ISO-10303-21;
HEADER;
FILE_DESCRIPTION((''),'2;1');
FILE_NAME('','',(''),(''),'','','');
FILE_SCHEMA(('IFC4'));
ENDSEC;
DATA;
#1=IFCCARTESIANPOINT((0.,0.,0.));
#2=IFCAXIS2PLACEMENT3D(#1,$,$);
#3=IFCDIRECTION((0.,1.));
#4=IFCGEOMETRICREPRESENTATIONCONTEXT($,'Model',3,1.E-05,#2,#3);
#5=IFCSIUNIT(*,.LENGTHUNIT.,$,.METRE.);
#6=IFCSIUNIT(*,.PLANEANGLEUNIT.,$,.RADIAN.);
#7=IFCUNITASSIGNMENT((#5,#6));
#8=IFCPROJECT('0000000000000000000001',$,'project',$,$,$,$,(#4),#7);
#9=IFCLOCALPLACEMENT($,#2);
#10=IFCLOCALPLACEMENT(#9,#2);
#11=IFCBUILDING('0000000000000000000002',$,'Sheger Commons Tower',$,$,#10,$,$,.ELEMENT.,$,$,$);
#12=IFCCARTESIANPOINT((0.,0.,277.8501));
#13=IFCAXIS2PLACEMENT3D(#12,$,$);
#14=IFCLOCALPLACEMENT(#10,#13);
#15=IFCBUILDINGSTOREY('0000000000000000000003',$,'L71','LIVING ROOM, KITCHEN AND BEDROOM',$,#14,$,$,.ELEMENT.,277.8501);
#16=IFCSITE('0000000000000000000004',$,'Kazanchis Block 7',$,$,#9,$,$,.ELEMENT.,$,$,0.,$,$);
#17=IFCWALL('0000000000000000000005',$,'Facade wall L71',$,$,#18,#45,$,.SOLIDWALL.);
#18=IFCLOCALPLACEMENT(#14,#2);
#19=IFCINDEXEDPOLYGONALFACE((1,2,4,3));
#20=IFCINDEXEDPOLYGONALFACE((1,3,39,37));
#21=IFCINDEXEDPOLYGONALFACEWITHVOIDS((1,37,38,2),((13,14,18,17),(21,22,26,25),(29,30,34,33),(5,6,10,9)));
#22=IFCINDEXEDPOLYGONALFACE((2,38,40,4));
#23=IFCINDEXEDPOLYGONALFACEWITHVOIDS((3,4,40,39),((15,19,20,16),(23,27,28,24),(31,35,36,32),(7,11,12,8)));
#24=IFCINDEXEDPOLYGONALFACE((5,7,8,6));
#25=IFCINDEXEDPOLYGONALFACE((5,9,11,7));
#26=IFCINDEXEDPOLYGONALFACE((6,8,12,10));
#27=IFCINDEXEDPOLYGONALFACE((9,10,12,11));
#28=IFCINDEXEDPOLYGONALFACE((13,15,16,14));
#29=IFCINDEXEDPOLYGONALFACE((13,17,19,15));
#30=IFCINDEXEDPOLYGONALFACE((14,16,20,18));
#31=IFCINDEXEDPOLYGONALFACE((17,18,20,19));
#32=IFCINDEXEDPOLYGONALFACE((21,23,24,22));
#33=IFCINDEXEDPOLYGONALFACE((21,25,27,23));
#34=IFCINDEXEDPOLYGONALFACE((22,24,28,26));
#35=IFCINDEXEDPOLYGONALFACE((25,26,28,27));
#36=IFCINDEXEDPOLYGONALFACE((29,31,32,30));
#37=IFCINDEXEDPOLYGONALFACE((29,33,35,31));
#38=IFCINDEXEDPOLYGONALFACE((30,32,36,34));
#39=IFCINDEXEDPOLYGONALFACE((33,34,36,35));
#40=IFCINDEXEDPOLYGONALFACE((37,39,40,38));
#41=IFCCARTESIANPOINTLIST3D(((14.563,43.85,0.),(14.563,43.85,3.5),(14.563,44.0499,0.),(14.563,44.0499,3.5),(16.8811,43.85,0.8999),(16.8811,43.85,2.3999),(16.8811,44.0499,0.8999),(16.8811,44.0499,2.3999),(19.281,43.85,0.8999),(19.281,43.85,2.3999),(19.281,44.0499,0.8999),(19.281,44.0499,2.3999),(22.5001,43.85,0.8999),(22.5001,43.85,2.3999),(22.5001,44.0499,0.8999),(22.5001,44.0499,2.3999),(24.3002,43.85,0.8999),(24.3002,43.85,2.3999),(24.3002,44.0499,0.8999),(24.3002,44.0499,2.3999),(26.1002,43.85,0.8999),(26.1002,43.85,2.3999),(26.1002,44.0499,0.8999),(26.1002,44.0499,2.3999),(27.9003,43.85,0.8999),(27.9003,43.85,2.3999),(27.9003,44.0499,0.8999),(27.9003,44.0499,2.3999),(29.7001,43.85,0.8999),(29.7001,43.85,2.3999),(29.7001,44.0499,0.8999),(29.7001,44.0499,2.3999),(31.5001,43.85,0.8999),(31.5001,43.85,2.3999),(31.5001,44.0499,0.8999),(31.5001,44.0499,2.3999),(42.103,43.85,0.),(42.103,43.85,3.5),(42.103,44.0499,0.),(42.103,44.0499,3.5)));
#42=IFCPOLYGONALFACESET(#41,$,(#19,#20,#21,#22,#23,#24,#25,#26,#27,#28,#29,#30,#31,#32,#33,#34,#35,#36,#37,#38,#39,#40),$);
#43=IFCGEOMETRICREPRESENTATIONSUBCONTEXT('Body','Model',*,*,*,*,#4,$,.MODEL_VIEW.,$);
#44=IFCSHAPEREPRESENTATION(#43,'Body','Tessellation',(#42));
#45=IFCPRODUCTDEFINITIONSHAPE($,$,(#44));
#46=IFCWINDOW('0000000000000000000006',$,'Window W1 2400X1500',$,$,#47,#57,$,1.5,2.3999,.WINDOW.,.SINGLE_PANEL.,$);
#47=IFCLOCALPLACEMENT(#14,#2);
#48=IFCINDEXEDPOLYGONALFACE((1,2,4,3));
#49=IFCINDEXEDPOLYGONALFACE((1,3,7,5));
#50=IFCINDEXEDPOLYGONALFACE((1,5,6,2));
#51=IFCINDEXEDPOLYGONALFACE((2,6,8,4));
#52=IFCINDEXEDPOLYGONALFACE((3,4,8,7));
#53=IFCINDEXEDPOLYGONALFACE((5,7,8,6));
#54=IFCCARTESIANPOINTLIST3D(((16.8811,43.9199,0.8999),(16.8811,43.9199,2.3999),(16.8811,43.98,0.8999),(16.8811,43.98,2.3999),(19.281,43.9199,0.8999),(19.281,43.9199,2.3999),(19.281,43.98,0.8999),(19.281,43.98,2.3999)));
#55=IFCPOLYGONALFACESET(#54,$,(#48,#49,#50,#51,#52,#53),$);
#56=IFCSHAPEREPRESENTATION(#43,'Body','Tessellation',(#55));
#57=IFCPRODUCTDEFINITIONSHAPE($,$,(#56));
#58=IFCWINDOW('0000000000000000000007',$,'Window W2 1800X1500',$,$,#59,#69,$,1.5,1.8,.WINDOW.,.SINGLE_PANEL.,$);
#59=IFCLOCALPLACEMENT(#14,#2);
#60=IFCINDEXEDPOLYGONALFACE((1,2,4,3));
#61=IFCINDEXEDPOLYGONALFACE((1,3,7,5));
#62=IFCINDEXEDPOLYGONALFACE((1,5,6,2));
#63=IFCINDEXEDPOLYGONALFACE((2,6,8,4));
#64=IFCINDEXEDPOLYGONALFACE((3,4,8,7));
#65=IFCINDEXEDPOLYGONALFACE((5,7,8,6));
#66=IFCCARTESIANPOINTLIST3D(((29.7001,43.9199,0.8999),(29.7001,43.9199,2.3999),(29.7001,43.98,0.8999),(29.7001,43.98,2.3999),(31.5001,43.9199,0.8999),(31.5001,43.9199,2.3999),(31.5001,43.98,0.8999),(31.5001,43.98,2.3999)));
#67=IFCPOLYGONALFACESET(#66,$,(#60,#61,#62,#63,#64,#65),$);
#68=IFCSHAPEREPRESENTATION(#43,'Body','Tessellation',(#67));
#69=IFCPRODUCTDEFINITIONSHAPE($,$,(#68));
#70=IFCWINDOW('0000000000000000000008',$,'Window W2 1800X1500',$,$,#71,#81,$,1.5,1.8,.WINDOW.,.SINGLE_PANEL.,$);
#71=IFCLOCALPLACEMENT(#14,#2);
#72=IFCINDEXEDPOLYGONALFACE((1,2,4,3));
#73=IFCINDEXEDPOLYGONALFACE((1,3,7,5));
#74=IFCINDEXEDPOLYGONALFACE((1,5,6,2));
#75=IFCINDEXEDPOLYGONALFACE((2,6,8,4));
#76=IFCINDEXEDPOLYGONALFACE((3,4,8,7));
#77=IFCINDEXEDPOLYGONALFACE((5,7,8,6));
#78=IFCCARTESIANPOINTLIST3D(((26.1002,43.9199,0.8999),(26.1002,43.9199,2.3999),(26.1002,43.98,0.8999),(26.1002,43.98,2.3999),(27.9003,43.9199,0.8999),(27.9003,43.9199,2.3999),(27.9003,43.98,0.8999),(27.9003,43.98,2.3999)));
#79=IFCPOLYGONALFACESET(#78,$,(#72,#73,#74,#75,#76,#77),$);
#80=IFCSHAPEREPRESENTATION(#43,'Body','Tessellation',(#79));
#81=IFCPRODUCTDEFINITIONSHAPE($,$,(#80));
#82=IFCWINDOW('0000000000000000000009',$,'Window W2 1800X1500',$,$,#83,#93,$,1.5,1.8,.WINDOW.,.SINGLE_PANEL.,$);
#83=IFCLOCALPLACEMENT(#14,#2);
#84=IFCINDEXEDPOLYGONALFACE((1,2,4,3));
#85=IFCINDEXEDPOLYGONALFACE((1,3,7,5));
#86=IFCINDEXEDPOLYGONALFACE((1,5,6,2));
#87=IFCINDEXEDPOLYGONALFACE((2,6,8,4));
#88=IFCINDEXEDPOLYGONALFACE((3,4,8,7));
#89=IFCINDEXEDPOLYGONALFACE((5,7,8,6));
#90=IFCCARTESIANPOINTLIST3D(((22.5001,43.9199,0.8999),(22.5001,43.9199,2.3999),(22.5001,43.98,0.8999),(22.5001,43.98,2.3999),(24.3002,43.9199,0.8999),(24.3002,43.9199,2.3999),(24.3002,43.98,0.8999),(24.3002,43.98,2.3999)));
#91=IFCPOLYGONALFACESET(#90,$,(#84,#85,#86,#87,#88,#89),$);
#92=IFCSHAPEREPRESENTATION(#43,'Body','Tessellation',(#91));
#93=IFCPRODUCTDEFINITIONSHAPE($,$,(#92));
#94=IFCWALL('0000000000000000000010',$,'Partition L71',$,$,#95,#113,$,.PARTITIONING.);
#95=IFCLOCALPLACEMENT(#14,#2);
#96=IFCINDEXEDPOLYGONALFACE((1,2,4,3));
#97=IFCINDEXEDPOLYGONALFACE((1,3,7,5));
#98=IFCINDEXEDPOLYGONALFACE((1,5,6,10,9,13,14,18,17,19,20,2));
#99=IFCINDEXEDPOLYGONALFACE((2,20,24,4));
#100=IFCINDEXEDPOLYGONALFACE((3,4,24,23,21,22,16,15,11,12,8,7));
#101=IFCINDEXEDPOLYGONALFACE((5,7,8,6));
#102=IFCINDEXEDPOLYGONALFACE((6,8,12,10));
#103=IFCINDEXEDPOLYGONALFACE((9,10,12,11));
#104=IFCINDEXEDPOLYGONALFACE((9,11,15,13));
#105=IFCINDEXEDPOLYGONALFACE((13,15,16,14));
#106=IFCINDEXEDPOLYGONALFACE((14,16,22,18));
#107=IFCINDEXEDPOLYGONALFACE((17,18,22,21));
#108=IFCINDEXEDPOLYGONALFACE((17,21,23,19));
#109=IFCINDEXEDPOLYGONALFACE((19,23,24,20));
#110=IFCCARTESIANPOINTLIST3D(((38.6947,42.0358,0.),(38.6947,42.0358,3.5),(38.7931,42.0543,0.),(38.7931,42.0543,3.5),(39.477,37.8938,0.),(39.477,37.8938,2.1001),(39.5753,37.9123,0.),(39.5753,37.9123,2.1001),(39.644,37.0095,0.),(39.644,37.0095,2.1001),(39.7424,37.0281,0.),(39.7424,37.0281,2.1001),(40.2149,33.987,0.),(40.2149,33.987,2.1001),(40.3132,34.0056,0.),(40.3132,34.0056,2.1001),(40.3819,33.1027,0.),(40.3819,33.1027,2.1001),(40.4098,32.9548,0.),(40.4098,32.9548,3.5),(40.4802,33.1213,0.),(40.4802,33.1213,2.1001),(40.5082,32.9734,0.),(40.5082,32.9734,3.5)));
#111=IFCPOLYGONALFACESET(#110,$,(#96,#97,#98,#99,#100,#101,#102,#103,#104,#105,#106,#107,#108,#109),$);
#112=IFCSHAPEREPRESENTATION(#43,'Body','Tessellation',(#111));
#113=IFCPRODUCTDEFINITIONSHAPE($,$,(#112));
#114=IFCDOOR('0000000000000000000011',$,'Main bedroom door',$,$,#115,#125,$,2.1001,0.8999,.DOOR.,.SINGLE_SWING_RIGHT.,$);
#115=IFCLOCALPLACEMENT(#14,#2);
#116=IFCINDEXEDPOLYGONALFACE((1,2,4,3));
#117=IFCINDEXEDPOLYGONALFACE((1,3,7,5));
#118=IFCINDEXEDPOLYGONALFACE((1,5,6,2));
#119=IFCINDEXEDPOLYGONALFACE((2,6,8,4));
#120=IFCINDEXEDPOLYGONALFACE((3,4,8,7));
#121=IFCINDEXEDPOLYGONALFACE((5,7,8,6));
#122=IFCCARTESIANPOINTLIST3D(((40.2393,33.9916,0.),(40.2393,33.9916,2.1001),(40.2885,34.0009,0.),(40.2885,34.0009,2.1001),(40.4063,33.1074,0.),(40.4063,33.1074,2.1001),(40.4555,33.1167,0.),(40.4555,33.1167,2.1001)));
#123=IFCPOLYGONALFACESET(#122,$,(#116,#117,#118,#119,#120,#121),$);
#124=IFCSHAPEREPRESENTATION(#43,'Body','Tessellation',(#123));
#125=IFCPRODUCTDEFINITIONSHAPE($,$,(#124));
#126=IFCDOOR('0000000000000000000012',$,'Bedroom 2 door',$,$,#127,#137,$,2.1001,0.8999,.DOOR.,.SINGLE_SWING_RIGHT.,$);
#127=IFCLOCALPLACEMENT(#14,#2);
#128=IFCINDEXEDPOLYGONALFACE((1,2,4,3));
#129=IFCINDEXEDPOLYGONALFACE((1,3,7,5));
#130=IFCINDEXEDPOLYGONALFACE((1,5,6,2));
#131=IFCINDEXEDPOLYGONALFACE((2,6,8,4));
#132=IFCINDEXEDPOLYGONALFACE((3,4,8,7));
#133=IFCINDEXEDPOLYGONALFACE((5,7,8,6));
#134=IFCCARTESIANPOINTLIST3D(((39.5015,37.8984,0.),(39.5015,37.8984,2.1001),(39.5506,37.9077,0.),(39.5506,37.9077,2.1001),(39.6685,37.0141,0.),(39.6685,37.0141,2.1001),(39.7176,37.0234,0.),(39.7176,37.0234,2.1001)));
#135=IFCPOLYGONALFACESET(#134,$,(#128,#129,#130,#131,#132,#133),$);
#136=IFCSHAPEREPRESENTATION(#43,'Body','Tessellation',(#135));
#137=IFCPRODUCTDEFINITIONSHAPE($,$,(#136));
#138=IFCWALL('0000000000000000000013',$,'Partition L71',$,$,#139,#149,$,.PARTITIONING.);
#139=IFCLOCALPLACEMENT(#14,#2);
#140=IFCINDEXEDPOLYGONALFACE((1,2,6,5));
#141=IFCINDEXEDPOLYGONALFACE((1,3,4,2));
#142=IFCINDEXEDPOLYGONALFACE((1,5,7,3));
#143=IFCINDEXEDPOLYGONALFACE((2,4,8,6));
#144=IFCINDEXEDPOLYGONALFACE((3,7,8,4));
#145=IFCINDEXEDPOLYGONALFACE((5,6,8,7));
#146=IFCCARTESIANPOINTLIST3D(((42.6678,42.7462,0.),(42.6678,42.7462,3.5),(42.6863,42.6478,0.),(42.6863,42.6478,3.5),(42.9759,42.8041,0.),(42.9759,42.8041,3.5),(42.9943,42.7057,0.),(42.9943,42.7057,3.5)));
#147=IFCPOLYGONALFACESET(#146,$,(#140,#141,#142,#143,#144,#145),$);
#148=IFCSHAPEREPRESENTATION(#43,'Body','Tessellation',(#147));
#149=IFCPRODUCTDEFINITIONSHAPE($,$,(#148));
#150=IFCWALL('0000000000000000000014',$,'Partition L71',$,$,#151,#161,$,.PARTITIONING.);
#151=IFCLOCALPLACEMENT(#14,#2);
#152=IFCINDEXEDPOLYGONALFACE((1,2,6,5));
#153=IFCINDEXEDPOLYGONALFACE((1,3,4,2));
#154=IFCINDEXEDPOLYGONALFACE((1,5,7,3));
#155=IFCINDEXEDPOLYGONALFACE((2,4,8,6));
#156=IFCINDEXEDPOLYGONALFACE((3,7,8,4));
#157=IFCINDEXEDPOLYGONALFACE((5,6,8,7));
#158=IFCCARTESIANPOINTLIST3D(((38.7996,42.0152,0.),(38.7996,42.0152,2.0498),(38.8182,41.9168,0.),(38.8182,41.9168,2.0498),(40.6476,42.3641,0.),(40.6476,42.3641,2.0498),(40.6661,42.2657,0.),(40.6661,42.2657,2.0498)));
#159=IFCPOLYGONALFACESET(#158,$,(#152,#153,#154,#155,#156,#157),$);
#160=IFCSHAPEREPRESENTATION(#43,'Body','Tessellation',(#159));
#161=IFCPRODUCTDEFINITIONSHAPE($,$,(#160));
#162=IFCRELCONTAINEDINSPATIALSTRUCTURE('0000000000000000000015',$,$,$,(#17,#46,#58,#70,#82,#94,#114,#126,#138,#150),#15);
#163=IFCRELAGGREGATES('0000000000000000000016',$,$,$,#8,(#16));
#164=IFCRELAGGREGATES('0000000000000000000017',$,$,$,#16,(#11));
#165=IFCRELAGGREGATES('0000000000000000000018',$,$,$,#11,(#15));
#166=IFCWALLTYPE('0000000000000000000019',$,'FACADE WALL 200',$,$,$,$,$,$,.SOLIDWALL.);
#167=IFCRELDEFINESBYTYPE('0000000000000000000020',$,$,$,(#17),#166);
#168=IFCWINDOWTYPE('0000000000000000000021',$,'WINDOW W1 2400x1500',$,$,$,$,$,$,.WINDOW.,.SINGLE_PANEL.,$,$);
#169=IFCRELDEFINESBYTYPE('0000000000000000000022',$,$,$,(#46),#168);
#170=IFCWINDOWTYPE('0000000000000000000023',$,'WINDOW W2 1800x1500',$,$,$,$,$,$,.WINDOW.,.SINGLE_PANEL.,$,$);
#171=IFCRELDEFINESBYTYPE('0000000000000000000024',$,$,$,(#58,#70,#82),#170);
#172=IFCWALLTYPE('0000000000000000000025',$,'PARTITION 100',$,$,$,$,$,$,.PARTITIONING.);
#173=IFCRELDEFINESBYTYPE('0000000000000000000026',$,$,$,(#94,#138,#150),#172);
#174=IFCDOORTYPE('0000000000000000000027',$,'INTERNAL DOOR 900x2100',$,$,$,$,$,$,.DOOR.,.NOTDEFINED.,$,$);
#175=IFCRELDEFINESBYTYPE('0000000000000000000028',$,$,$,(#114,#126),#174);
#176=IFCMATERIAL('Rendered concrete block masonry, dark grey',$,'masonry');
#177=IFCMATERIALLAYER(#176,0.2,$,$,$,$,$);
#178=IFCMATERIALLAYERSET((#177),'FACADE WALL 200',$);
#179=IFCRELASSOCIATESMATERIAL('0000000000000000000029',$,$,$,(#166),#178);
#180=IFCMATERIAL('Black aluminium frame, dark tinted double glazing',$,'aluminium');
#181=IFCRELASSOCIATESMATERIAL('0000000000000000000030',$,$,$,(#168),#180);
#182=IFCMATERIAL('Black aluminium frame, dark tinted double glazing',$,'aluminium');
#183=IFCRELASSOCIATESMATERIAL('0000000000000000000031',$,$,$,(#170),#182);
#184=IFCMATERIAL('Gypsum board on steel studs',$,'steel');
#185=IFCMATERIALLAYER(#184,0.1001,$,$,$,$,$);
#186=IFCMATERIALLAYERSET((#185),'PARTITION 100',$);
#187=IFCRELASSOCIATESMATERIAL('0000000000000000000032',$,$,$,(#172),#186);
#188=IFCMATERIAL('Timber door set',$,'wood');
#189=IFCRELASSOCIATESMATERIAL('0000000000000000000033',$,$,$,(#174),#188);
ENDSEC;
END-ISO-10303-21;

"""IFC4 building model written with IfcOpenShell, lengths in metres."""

from ifc_helpers import new_model, si_unit, direction, frame, frame_2d, origin, place, context, subcontext, project, spatial, rectangle, extrude, material, layer, layer_set, type_object, element, fill, save


model = new_model("IFC4")

# Units and contexts
model_context = context("Model", 3, precision=1e-05, world=origin(), true_north=direction((0.0, 1.0)))
body_context = subcontext(model_context, "Body", "Model", "MODEL_VIEW")
ifc_project = project(units=[si_unit("LENGTHUNIT", "METRE"), si_unit("PLANEANGLEUNIT", "RADIAN")], contexts=[model_context])

# Site, building, storey
site_placement = place(None, origin())
site = spatial("IfcSite", under=ifc_project, at=site_placement, Name="Kazanchis Block 7", CompositionType="ELEMENT", RefElevation=0.0)
building_placement = place(site_placement, origin())
building = spatial("IfcBuilding", under=site, at=building_placement, Name="Sheger Commons Tower", CompositionType="ELEMENT")
storey_placement = place(building_placement, frame((0.0, 0.0, 277.8501)))
storey = spatial("IfcBuildingStorey", under=building, at=storey_placement, Name="L71", Description="LIVING ROOM, KITCHEN AND BEDROOM", CompositionType="ELEMENT", Elevation=277.8501)

# Shared definitions
ifc_material_1 = material(Name="Rendered concrete block masonry, dark grey", Category="masonry")
ifc_layer_1 = layer(ifc_material_1, 0.2)
ifc_layer_set_1 = layer_set([ifc_layer_1], Name="FACADE WALL 200")
wall_type_1 = type_object("IfcWallType", Name="FACADE WALL 200", PredefinedType="SOLIDWALL", material=ifc_layer_set_1)

# Wall, openings, windows
wall_1_placement = place(storey_placement, frame((42.103, 43.95, 0.0), z_axis=(0.0, 0.0, 1.0), x_axis=(-1.0, 0.0, 0.0)))
wall_1 = element("IfcWall", 1, at=wall_1_placement, inside=storey, type_object=wall_type_1, Name="Facade wall L71", PredefinedType="SOLIDWALL", context=body_context, shape_type="SweptSolid", body=[
    extrude(rectangle(XDim=27.54, YDim=0.2, at=frame_2d((13.77, 0.0))), origin(), (0.0, 0.0, 1.0), 3.5),
])
opening_1_placement = place(wall_1_placement, frame((10.603, 0.0, 0.8999)))
opening_1 = element("IfcOpeningElement", 2, at=opening_1_placement, cuts=wall_1, PredefinedType="OPENING", context=body_context, shape_type="SweptSolid", body=[
    extrude(rectangle(XDim=1.8, YDim=1.5, at=frame_2d((0.8999, 0.75))), frame((0.0, 0.1099, 0.0), z_axis=(0.0, -1.0, 0.0), x_axis=(1.0, 0.0, 0.0)), (0.0, 0.0, 1.0), 0.22),
])
opening_2_placement = place(wall_1_placement, frame((14.2029, 0.0, 0.8999)))
opening_2 = element("IfcOpeningElement", 3, at=opening_2_placement, cuts=wall_1, PredefinedType="OPENING", context=body_context, shape_type="SweptSolid", body=[
    extrude(rectangle(XDim=1.8, YDim=1.5, at=frame_2d((0.8999, 0.75))), frame((0.0, 0.1099, 0.0), z_axis=(0.0, -1.0, 0.0), x_axis=(1.0, 0.0, 0.0)), (0.0, 0.0, 1.0), 0.22),
])
opening_3_placement = place(wall_1_placement, frame((17.803, 0.0, 0.8999)))
opening_3 = element("IfcOpeningElement", 4, at=opening_3_placement, cuts=wall_1, PredefinedType="OPENING", context=body_context, shape_type="SweptSolid", body=[
    extrude(rectangle(XDim=1.8, YDim=1.5, at=frame_2d((0.8999, 0.75))), frame((0.0, 0.1099, 0.0), z_axis=(0.0, -1.0, 0.0), x_axis=(1.0, 0.0, 0.0)), (0.0, 0.0, 1.0), 0.22),
])
opening_4_placement = place(wall_1_placement, frame((22.822, 0.0, 0.8999)))
opening_4 = element("IfcOpeningElement", 5, at=opening_4_placement, cuts=wall_1, PredefinedType="OPENING", context=body_context, shape_type="SweptSolid", body=[
    extrude(rectangle(XDim=2.3999, YDim=1.5, at=frame_2d((1.2, 0.75))), frame((0.0, 0.1099, 0.0), z_axis=(0.0, -1.0, 0.0), x_axis=(1.0, 0.0, 0.0)), (0.0, 0.0, 1.0), 0.22),
])
ifc_material_2 = material(Name="Black aluminium frame, dark tinted double glazing", Category="aluminium")
window_type_1 = type_object("IfcWindowType", Name="WINDOW W1 2400x1500", PartitioningType="SINGLE_PANEL", PredefinedType="WINDOW", material=ifc_material_2)
window_1_placement = place(opening_4_placement, origin())
window_1 = element("IfcWindow", 6, at=window_1_placement, inside=storey, type_object=window_type_1, Name="Window W1 2400X1500", OverallHeight=1.5, OverallWidth=2.3999, PartitioningType="SINGLE_PANEL", PredefinedType="WINDOW", context=body_context, shape_type="SweptSolid", body=[
    extrude(rectangle(XDim=2.3999, YDim=1.5, at=frame_2d((1.2, 0.75))), frame((0.0, 0.03, 0.0), z_axis=(0.0, -1.0, 0.0), x_axis=(1.0, 0.0, 0.0)), (0.0, 0.0, 1.0), 0.0601),
])
fill(opening_4, window_1)
ifc_material_3 = material(Name="Black aluminium frame, dark tinted double glazing", Category="aluminium")
window_type_2 = type_object("IfcWindowType", Name="WINDOW W2 1800x1500", PartitioningType="SINGLE_PANEL", PredefinedType="WINDOW", material=ifc_material_3)
window_2_placement = place(opening_1_placement, origin())
window_2 = element("IfcWindow", 7, at=window_2_placement, inside=storey, type_object=window_type_2, Name="Window W2 1800X1500", OverallHeight=1.5, OverallWidth=1.8, PartitioningType="SINGLE_PANEL", PredefinedType="WINDOW", context=body_context, shape_type="SweptSolid", body=[
    extrude(rectangle(XDim=1.8, YDim=1.5, at=frame_2d((0.8999, 0.75))), frame((0.0, 0.03, 0.0), z_axis=(0.0, -1.0, 0.0), x_axis=(1.0, 0.0, 0.0)), (0.0, 0.0, 1.0), 0.0601),
])
fill(opening_1, window_2)
window_3_placement = place(opening_2_placement, origin())
window_3 = element("IfcWindow", 8, at=window_3_placement, inside=storey, type_object=window_type_2, Name="Window W2 1800X1500", OverallHeight=1.5, OverallWidth=1.8, PartitioningType="SINGLE_PANEL", PredefinedType="WINDOW", context=body_context, shape_type="SweptSolid", body=[
    extrude(rectangle(XDim=1.8, YDim=1.5, at=frame_2d((0.8999, 0.75))), frame((0.0, 0.03, 0.0), z_axis=(0.0, -1.0, 0.0), x_axis=(1.0, 0.0, 0.0)), (0.0, 0.0, 1.0), 0.0601),
])
fill(opening_2, window_3)
window_4_placement = place(opening_3_placement, origin())
window_4 = element("IfcWindow", 9, at=window_4_placement, inside=storey, type_object=window_type_2, Name="Window W2 1800X1500", OverallHeight=1.5, OverallWidth=1.8, PartitioningType="SINGLE_PANEL", PredefinedType="WINDOW", context=body_context, shape_type="SweptSolid", body=[
    extrude(rectangle(XDim=1.8, YDim=1.5, at=frame_2d((0.8999, 0.75))), frame((0.0, 0.03, 0.0), z_axis=(0.0, -1.0, 0.0), x_axis=(1.0, 0.0, 0.0)), (0.0, 0.0, 1.0), 0.0601),
])
fill(opening_3, window_4)

# Wall, openings, doors
ifc_material_4 = material(Name="Gypsum board on steel studs", Category="steel")
ifc_layer_2 = layer(ifc_material_4, 0.1001)
ifc_layer_set_2 = layer_set([ifc_layer_2], Name="PARTITION 100")
wall_type_2 = type_object("IfcWallType", Name="PARTITION 100", PredefinedType="PARTITIONING", material=ifc_layer_set_2)
wall_2_placement = place(storey_placement, frame((38.7439, 42.0449, 0.0), z_axis=(0.0, 0.0, 1.0), x_axis=(0.185588, -0.982628, 0.0)))
wall_2 = element("IfcWall", 10, at=wall_2_placement, inside=storey, type_object=wall_type_2, Name="Partition L71", PredefinedType="PARTITIONING", context=body_context, shape_type="SweptSolid", body=[
    extrude(rectangle(XDim=9.2415, YDim=0.1001, at=frame_2d((4.6206, 0.0))), origin(), (0.0, 0.0, 1.0), 3.5),
])
opening_5_placement = place(wall_2_placement, frame((8.1909, 0.0, 0.0)))
opening_5 = element("IfcOpeningElement", 11, at=opening_5_placement, cuts=wall_2, PredefinedType="OPENING", context=body_context, shape_type="SweptSolid", body=[
    extrude(rectangle(XDim=0.8999, YDim=2.1001, at=frame_2d((0.45, 1.05))), frame((0.0, 0.0601, 0.0), z_axis=(0.0, -1.0, 0.0), x_axis=(1.0, 0.0, 0.0)), (0.0, 0.0, 1.0), 0.1201),
])
opening_6_placement = place(wall_2_placement, frame((4.2151, 0.0, 0.0)))
opening_6 = element("IfcOpeningElement", 12, at=opening_6_placement, cuts=wall_2, PredefinedType="OPENING", context=body_context, shape_type="SweptSolid", body=[
    extrude(rectangle(XDim=0.8999, YDim=2.1001, at=frame_2d((0.45, 1.05))), frame((0.0, 0.0601, 0.0), z_axis=(0.0, -1.0, 0.0), x_axis=(1.0, 0.0, 0.0)), (0.0, 0.0, 1.0), 0.1201),
])
ifc_material_5 = material(Name="Timber door set", Category="wood")
door_type = type_object("IfcDoorType", Name="INTERNAL DOOR 900x2100", OperationType="NOTDEFINED", PredefinedType="DOOR", material=ifc_material_5)
door_1_placement = place(opening_5_placement, origin())
door_1 = element("IfcDoor", 13, at=door_1_placement, inside=storey, type_object=door_type, Name="Main bedroom door", OperationType="SINGLE_SWING_RIGHT", OverallHeight=2.1001, OverallWidth=0.8999, PredefinedType="DOOR", context=body_context, shape_type="SweptSolid", body=[
    extrude(rectangle(XDim=0.8999, YDim=2.1001, at=frame_2d((0.45, 1.05))), frame((0.0, 0.0249, 0.0), z_axis=(0.0, -1.0, 0.0), x_axis=(1.0, 0.0, 0.0)), (0.0, 0.0, 1.0), 0.05),
])
fill(opening_5, door_1)
door_2_placement = place(opening_6_placement, origin())
door_2 = element("IfcDoor", 14, at=door_2_placement, inside=storey, type_object=door_type, Name="Bedroom 2 door", OperationType="SINGLE_SWING_RIGHT", OverallHeight=2.1001, OverallWidth=0.8999, PredefinedType="DOOR", context=body_context, shape_type="SweptSolid", body=[
    extrude(rectangle(XDim=0.8999, YDim=2.1001, at=frame_2d((0.45, 1.05))), frame((0.0, 0.0249, 0.0), z_axis=(0.0, -1.0, 0.0), x_axis=(1.0, 0.0, 0.0)), (0.0, 0.0, 1.0), 0.05),
])
fill(opening_6, door_2)

# Walls
wall_3_placement = place(storey_placement, frame((42.9851, 42.7549, 0.0), z_axis=(0.0, 0.0, 1.0), x_axis=(-0.982819, -0.184571, 0.0)))
element("IfcWall", 15, at=wall_3_placement, inside=storey, type_object=wall_type_2, Name="Partition L71", PredefinedType="PARTITIONING", context=body_context, shape_type="SweptSolid", body=[
    extrude(rectangle(XDim=0.3135, YDim=0.1001, at=frame_2d((0.1567, 0.0))), origin(), (0.0, 0.0, 1.0), 3.5),
])
wall_4_placement = place(storey_placement, frame((40.657, 42.3149, 0.0), z_axis=(0.0, 0.0, 1.0), x_axis=(-0.982641, -0.185519, 0.0)))
element("IfcWall", 16, at=wall_4_placement, inside=storey, type_object=wall_type_2, Name="Partition L71", PredefinedType="PARTITIONING", context=body_context, shape_type="SweptSolid", body=[
    extrude(rectangle(XDim=1.8806, YDim=0.1001, at=frame_2d((0.9404, 0.0))), origin(), (0.0, 0.0, 1.0), 2.0498),
])

save(model, "model.ifc")
